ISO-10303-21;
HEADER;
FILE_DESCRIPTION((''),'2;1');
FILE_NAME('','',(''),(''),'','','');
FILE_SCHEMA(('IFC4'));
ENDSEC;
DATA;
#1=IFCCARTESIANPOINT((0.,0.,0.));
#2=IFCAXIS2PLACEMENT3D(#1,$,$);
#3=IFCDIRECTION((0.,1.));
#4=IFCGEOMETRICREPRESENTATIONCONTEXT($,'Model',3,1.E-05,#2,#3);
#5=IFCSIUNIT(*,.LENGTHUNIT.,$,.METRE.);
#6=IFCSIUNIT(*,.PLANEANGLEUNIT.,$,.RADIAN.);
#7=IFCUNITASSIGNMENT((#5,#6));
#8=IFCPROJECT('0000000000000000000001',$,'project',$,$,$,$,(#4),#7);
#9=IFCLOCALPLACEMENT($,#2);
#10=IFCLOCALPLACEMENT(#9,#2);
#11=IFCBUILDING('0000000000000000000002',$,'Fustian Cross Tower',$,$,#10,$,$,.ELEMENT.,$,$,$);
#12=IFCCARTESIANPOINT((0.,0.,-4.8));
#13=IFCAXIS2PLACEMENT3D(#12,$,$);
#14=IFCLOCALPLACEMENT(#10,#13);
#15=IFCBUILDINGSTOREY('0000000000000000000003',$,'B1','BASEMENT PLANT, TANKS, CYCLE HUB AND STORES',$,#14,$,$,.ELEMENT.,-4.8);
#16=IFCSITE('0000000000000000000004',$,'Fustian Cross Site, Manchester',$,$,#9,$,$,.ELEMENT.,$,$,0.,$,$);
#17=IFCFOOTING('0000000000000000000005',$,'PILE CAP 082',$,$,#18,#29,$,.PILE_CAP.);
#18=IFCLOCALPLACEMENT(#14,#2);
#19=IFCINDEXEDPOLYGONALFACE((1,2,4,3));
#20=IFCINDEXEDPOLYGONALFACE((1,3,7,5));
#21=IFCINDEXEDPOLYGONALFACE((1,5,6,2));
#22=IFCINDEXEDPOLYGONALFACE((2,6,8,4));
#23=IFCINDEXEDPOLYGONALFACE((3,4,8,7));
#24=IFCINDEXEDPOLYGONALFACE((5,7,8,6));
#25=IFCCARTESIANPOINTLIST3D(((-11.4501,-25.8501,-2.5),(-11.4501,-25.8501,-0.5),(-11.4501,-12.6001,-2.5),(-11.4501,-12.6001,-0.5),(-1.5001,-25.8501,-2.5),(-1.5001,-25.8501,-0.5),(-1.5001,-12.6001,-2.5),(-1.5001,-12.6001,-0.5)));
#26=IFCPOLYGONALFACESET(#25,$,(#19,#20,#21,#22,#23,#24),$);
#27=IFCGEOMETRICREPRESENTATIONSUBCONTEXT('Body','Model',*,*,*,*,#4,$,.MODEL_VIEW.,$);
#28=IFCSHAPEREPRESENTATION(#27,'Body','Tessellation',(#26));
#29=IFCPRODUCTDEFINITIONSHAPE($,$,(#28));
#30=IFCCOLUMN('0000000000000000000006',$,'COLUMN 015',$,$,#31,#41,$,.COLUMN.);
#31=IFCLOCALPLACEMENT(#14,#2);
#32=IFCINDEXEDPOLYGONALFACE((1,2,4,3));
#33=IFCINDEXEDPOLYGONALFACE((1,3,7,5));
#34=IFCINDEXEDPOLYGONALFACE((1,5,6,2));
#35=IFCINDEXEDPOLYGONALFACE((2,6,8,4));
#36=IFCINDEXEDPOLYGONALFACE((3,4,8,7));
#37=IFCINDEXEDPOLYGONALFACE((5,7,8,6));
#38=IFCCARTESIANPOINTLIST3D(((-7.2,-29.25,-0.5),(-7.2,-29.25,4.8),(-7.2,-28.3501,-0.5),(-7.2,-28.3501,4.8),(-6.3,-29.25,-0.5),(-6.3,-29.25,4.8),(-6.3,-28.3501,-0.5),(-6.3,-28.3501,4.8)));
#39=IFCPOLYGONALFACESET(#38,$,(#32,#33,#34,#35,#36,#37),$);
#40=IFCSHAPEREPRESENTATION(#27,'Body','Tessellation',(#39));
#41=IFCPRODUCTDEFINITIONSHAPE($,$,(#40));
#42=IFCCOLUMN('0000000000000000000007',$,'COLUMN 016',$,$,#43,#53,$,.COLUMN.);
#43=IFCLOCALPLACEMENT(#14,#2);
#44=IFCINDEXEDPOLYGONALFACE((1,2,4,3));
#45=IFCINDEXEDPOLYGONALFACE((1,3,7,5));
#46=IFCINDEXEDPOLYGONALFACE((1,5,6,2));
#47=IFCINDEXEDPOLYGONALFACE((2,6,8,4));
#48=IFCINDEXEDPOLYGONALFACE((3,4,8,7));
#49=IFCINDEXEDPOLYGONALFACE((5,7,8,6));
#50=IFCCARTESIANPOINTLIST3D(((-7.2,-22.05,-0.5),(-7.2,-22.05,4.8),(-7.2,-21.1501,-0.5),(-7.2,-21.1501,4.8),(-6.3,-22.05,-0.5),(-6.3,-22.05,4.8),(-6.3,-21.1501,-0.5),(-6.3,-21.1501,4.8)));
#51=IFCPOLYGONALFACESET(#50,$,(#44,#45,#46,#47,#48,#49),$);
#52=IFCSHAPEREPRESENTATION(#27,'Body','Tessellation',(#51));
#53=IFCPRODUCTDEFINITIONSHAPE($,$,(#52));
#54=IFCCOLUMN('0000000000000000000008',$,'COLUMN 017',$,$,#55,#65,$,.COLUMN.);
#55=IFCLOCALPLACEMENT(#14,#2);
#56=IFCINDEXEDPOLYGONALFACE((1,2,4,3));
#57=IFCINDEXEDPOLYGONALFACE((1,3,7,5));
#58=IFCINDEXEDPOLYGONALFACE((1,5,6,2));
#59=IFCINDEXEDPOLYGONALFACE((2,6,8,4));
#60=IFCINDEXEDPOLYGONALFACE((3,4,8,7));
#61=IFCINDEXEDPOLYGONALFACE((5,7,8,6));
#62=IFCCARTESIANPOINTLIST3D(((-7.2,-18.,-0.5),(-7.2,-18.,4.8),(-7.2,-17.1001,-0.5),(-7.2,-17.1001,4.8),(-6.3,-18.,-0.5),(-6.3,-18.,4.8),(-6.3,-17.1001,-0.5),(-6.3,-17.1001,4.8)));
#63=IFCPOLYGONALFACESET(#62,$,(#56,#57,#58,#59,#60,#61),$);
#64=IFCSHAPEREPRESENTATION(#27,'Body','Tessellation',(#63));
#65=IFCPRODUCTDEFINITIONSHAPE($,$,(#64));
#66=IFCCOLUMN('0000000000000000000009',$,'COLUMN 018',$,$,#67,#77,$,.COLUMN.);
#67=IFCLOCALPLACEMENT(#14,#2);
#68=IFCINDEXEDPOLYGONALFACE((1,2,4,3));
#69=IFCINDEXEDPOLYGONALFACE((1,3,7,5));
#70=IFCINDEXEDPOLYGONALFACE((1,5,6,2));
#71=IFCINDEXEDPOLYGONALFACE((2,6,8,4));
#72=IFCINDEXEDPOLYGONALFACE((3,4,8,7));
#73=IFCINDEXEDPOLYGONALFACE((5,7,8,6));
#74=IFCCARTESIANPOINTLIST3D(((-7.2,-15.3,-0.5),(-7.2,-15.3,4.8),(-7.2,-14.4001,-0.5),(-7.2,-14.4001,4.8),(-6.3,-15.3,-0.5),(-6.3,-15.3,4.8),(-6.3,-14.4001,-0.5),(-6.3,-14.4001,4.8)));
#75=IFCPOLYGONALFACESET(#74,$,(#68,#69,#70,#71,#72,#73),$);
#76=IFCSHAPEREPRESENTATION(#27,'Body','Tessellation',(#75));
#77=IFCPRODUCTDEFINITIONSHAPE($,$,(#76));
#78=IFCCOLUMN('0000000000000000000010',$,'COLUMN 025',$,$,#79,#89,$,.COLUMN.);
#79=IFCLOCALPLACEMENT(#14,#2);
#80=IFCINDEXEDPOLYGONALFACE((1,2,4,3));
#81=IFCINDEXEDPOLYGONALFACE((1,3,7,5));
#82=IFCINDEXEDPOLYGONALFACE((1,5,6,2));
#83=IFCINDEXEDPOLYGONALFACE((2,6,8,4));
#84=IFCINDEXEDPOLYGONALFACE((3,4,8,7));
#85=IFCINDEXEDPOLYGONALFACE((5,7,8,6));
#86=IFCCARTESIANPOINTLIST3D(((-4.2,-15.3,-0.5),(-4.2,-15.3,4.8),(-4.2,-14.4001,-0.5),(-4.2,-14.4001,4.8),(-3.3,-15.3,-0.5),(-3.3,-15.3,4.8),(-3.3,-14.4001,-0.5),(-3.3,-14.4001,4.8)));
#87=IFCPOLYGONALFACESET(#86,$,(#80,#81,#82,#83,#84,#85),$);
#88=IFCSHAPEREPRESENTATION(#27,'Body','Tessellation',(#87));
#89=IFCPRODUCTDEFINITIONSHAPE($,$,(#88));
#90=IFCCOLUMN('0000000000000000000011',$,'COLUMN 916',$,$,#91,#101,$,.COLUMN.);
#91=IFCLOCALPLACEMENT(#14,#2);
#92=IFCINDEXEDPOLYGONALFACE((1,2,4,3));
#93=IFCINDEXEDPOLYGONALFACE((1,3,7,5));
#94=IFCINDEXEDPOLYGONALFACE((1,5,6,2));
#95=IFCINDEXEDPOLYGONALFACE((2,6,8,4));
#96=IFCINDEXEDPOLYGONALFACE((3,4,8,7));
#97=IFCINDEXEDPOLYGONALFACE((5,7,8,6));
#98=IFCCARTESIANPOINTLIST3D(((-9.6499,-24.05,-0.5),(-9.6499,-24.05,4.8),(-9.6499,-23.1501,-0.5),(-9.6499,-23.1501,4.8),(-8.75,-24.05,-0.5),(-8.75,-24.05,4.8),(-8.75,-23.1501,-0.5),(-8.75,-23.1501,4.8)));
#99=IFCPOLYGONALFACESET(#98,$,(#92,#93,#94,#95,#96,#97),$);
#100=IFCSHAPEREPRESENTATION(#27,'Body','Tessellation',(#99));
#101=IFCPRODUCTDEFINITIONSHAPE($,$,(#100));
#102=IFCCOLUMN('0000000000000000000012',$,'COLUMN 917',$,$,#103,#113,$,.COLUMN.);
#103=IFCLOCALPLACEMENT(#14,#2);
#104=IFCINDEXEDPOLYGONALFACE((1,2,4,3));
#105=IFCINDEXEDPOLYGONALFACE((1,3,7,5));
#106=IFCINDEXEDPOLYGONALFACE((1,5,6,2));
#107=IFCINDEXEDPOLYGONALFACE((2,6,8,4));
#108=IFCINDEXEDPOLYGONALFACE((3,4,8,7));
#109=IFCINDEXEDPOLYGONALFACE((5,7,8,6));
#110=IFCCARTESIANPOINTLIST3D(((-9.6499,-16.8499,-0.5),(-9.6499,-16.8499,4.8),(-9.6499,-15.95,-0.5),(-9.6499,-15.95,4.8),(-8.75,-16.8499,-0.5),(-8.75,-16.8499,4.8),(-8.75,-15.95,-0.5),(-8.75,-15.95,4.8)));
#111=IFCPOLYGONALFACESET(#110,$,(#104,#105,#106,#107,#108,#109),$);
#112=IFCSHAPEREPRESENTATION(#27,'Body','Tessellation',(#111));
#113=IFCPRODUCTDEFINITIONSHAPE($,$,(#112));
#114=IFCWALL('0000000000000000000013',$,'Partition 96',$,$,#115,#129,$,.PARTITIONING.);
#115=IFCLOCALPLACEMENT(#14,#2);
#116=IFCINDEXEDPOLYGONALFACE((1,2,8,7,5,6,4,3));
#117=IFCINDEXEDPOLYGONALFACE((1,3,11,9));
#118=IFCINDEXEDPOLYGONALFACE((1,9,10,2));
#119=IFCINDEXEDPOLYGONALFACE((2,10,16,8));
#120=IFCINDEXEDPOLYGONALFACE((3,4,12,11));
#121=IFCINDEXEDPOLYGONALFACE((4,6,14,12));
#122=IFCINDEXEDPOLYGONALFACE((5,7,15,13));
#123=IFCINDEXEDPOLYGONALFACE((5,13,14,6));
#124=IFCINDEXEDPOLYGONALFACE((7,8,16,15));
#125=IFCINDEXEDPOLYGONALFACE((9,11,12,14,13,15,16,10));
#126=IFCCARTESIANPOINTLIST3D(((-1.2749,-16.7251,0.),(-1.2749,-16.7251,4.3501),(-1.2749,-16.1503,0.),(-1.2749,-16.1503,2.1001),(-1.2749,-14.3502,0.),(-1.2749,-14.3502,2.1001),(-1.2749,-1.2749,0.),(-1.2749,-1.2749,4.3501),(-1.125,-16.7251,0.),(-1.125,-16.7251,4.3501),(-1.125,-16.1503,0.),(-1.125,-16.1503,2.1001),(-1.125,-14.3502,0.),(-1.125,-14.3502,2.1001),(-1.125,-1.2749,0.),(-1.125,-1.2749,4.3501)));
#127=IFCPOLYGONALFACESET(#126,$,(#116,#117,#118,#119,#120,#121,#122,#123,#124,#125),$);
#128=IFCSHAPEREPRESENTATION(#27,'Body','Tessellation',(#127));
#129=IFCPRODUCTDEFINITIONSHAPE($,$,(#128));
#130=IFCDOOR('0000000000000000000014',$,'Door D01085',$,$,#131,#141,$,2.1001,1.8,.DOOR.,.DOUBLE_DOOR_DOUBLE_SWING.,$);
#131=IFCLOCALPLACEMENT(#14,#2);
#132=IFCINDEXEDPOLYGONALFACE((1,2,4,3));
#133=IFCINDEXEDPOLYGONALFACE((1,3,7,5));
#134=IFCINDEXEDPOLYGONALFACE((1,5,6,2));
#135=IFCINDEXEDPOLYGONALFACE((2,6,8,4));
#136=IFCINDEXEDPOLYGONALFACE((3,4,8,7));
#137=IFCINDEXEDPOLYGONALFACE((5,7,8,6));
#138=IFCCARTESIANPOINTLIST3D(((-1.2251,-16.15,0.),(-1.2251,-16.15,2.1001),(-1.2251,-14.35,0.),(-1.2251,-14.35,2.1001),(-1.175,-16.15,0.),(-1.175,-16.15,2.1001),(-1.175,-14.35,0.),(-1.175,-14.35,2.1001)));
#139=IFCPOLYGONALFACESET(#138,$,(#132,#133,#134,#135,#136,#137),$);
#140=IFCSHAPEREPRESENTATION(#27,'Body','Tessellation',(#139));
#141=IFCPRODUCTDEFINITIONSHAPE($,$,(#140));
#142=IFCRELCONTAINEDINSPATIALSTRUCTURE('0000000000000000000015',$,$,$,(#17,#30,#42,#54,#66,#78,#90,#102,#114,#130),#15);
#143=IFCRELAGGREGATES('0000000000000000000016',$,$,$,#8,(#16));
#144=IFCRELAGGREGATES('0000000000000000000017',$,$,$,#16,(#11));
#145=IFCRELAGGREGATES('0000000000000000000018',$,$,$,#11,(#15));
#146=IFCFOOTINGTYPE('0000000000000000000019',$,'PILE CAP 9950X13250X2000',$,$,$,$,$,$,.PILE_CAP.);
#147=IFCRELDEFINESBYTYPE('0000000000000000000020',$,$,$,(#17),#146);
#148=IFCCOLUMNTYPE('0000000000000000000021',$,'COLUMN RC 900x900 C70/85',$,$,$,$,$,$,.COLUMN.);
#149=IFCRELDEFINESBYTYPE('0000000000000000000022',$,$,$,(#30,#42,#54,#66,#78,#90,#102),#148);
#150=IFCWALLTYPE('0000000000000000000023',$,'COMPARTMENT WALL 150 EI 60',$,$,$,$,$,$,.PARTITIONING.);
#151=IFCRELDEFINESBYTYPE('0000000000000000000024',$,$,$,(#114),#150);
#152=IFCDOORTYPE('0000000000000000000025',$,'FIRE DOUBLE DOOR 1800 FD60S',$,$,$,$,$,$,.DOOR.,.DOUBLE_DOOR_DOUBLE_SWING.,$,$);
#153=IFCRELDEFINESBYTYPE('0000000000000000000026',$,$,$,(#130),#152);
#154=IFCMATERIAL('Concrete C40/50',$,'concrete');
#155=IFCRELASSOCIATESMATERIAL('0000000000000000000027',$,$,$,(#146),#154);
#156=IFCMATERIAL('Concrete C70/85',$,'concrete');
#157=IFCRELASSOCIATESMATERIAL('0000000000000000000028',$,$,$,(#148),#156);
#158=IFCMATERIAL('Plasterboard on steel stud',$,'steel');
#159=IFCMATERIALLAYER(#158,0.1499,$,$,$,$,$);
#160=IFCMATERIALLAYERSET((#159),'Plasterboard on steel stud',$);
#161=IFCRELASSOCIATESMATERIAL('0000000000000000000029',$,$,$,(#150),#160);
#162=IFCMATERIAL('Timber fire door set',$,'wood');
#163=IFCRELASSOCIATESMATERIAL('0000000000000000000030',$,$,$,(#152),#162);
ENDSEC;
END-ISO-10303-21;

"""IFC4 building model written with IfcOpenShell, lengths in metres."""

from ifc_helpers import new_model, si_unit, direction, frame, frame_2d, origin, origin_2d, place, context, subcontext, project, spatial, rectangle, extrude, material, layer, layer_set, material_profile, profile_set, type_object, element, fill, save


model = new_model("IFC4")

# Units and contexts
model_context = context("Model", 3, precision=1e-05, world=origin(), true_north=direction((0.0, 1.0)))
body_context = subcontext(model_context, "Body", "Model", "MODEL_VIEW")
ifc_project = project(units=[si_unit("LENGTHUNIT", "METRE"), si_unit("PLANEANGLEUNIT", "RADIAN")], contexts=[model_context])

# Site, building, storey
site_placement = place(None, origin())
site = spatial("IfcSite", under=ifc_project, at=site_placement, Name="Fustian Cross Site, Manchester", CompositionType="ELEMENT", RefElevation=0.0)
building_placement = place(site_placement, origin())
building = spatial("IfcBuilding", under=site, at=building_placement, Name="Fustian Cross Tower", CompositionType="ELEMENT")
storey_placement = place(building_placement, frame((0.0, 0.0, -4.8)))
storey = spatial("IfcBuildingStorey", under=building, at=storey_placement, Name="B1", Description="BASEMENT PLANT, TANKS, CYCLE HUB AND STORES", CompositionType="ELEMENT", Elevation=-4.8)

# Footing
ifc_material_1 = material(Name="Concrete C40/50", Category="concrete")
footing_type = type_object("IfcFootingType", Name="PILE CAP 9950X13250X2000", PredefinedType="PILE_CAP", material=ifc_material_1)
footing_placement = place(storey_placement, frame((-6.4751, -19.2251, -2.5), z_axis=(0.0, 0.0, 1.0), x_axis=(1.0, 0.0, 0.0)))
element("IfcFooting", 1, at=footing_placement, inside=storey, type_object=footing_type, Name="PILE CAP 082", PredefinedType="PILE_CAP", context=body_context, shape_type="SweptSolid", body=[
    extrude(rectangle(XDim=9.95, YDim=13.25, at=origin_2d()), origin(), (0.0, 0.0, 1.0), 2.0),
])

# Columns
ifc_material_2 = material(Name="Concrete C70/85", Category="concrete")
ifc_material_profile_1 = material_profile(ifc_material_2, rectangle(XDim=0.8999, YDim=0.8999, at=origin_2d()), Name="RC 900x900")
ifc_profile_set_1 = profile_set([ifc_material_profile_1], Name="Concrete C70/85")
column_type = type_object("IfcColumnType", Name="COLUMN RC 900x900 C70/85", PredefinedType="COLUMN", material=ifc_profile_set_1)
for number, where, z_axis, x_axis, name in (
    (2, (-6.75, -28.8, -0.5), (0.0, 0.0, 1.0), (1.0, 0.0, 0.0), "COLUMN 015"),
    (3, (-6.75, -21.6001, -0.5), (0.0, 0.0, 1.0), (1.0, 0.0, 0.0), "COLUMN 016"),
    (4, (-6.75, -17.55, -0.5), (0.0, 0.0, 1.0), (1.0, 0.0, 0.0), "COLUMN 017"),
    (5, (-6.75, -14.8501, -0.5), (0.0, 0.0, 1.0), (1.0, 0.0, 0.0), "COLUMN 018"),
    (6, (-3.75, -14.8501, -0.5), (0.0, 0.0, 1.0), (1.0, 0.0, 0.0), "COLUMN 025"),
    (7, (-9.2, -23.6001, -0.5), (0.0, 0.0, 1.0), (1.0, 0.0, 0.0), "COLUMN 916"),
    (8, (-9.2, -16.3999, -0.5), (0.0, 0.0, 1.0), (1.0, 0.0, 0.0), "COLUMN 917"),
):
    element("IfcColumn", number, at=place(storey_placement, frame(where, z_axis=z_axis, x_axis=x_axis)), inside=storey, type_object=column_type, Name=name, PredefinedType="COLUMN", context=body_context, shape_type="SweptSolid", body=[
        extrude(rectangle(XDim=0.8999, YDim=0.8999, at=origin_2d()), origin(), (0.0, 0.0, 1.0), 5.3),
    ])

# Wall, opening, door
ifc_material_3 = material(Name="Plasterboard on steel stud", Category="steel")
ifc_layer = layer(ifc_material_3, 0.1499)
ifc_layer_set = layer_set([ifc_layer], Name="Plasterboard on steel stud")
wall_type = type_object("IfcWallType", Name="COMPARTMENT WALL 150 EI 60", PredefinedType="PARTITIONING", material=ifc_layer_set)
wall_placement = place(storey_placement, frame((-1.2, -16.7251, 0.0), z_axis=(0.0, 0.0, 1.0), x_axis=(0.0, 1.0, 0.0)))
wall = element("IfcWall", 9, at=wall_placement, inside=storey, type_object=wall_type, Name="Partition 96", PredefinedType="PARTITIONING", context=body_context, shape_type="SweptSolid", body=[
    extrude(rectangle(XDim=15.4502, YDim=0.1499, at=frame_2d((7.7251, 0.0))), origin(), (0.0, 0.0, 1.0), 4.3501),
])
opening_placement = place(wall_placement, frame((0.575, 0.0, 0.0)))
opening = element("IfcOpeningElement", 10, at=opening_placement, cuts=wall, PredefinedType="OPENING", context=body_context, shape_type="SweptSolid", body=[
    extrude(rectangle(XDim=1.8, YDim=2.1001, at=frame_2d((0.8999, 1.05))), frame((0.0, 0.085, 0.0), z_axis=(0.0, -1.0, 0.0), x_axis=(1.0, 0.0, 0.0)), (0.0, 0.0, 1.0), 0.1699),
])
ifc_material_4 = material(Name="Timber fire door set", Category="wood")
door_type = type_object("IfcDoorType", Name="FIRE DOUBLE DOOR 1800 FD60S", OperationType="DOUBLE_DOOR_DOUBLE_SWING", PredefinedType="DOOR", material=ifc_material_4)
door_placement = place(opening_placement, frame((1.8, 0.0, 0.0), z_axis=(0.0, 0.0, 1.0), x_axis=(-1.0, 0.0, 0.0)))
door = element("IfcDoor", 11, at=door_placement, inside=storey, type_object=door_type, Name="Door D01085", OperationType="DOUBLE_DOOR_DOUBLE_SWING", OverallHeight=2.1001, OverallWidth=1.8, PredefinedType="DOOR", context=body_context, shape_type="SweptSolid", body=[
    extrude(rectangle(XDim=1.8, YDim=2.1001, at=frame_2d((0.8999, 1.05))), frame((0.0, 0.0249, 0.0), z_axis=(0.0, -1.0, 0.0), x_axis=(1.0, 0.0, 0.0)), (0.0, 0.0, 1.0), 0.05),
])
fill(opening, door)

save(model, "model.ifc")
